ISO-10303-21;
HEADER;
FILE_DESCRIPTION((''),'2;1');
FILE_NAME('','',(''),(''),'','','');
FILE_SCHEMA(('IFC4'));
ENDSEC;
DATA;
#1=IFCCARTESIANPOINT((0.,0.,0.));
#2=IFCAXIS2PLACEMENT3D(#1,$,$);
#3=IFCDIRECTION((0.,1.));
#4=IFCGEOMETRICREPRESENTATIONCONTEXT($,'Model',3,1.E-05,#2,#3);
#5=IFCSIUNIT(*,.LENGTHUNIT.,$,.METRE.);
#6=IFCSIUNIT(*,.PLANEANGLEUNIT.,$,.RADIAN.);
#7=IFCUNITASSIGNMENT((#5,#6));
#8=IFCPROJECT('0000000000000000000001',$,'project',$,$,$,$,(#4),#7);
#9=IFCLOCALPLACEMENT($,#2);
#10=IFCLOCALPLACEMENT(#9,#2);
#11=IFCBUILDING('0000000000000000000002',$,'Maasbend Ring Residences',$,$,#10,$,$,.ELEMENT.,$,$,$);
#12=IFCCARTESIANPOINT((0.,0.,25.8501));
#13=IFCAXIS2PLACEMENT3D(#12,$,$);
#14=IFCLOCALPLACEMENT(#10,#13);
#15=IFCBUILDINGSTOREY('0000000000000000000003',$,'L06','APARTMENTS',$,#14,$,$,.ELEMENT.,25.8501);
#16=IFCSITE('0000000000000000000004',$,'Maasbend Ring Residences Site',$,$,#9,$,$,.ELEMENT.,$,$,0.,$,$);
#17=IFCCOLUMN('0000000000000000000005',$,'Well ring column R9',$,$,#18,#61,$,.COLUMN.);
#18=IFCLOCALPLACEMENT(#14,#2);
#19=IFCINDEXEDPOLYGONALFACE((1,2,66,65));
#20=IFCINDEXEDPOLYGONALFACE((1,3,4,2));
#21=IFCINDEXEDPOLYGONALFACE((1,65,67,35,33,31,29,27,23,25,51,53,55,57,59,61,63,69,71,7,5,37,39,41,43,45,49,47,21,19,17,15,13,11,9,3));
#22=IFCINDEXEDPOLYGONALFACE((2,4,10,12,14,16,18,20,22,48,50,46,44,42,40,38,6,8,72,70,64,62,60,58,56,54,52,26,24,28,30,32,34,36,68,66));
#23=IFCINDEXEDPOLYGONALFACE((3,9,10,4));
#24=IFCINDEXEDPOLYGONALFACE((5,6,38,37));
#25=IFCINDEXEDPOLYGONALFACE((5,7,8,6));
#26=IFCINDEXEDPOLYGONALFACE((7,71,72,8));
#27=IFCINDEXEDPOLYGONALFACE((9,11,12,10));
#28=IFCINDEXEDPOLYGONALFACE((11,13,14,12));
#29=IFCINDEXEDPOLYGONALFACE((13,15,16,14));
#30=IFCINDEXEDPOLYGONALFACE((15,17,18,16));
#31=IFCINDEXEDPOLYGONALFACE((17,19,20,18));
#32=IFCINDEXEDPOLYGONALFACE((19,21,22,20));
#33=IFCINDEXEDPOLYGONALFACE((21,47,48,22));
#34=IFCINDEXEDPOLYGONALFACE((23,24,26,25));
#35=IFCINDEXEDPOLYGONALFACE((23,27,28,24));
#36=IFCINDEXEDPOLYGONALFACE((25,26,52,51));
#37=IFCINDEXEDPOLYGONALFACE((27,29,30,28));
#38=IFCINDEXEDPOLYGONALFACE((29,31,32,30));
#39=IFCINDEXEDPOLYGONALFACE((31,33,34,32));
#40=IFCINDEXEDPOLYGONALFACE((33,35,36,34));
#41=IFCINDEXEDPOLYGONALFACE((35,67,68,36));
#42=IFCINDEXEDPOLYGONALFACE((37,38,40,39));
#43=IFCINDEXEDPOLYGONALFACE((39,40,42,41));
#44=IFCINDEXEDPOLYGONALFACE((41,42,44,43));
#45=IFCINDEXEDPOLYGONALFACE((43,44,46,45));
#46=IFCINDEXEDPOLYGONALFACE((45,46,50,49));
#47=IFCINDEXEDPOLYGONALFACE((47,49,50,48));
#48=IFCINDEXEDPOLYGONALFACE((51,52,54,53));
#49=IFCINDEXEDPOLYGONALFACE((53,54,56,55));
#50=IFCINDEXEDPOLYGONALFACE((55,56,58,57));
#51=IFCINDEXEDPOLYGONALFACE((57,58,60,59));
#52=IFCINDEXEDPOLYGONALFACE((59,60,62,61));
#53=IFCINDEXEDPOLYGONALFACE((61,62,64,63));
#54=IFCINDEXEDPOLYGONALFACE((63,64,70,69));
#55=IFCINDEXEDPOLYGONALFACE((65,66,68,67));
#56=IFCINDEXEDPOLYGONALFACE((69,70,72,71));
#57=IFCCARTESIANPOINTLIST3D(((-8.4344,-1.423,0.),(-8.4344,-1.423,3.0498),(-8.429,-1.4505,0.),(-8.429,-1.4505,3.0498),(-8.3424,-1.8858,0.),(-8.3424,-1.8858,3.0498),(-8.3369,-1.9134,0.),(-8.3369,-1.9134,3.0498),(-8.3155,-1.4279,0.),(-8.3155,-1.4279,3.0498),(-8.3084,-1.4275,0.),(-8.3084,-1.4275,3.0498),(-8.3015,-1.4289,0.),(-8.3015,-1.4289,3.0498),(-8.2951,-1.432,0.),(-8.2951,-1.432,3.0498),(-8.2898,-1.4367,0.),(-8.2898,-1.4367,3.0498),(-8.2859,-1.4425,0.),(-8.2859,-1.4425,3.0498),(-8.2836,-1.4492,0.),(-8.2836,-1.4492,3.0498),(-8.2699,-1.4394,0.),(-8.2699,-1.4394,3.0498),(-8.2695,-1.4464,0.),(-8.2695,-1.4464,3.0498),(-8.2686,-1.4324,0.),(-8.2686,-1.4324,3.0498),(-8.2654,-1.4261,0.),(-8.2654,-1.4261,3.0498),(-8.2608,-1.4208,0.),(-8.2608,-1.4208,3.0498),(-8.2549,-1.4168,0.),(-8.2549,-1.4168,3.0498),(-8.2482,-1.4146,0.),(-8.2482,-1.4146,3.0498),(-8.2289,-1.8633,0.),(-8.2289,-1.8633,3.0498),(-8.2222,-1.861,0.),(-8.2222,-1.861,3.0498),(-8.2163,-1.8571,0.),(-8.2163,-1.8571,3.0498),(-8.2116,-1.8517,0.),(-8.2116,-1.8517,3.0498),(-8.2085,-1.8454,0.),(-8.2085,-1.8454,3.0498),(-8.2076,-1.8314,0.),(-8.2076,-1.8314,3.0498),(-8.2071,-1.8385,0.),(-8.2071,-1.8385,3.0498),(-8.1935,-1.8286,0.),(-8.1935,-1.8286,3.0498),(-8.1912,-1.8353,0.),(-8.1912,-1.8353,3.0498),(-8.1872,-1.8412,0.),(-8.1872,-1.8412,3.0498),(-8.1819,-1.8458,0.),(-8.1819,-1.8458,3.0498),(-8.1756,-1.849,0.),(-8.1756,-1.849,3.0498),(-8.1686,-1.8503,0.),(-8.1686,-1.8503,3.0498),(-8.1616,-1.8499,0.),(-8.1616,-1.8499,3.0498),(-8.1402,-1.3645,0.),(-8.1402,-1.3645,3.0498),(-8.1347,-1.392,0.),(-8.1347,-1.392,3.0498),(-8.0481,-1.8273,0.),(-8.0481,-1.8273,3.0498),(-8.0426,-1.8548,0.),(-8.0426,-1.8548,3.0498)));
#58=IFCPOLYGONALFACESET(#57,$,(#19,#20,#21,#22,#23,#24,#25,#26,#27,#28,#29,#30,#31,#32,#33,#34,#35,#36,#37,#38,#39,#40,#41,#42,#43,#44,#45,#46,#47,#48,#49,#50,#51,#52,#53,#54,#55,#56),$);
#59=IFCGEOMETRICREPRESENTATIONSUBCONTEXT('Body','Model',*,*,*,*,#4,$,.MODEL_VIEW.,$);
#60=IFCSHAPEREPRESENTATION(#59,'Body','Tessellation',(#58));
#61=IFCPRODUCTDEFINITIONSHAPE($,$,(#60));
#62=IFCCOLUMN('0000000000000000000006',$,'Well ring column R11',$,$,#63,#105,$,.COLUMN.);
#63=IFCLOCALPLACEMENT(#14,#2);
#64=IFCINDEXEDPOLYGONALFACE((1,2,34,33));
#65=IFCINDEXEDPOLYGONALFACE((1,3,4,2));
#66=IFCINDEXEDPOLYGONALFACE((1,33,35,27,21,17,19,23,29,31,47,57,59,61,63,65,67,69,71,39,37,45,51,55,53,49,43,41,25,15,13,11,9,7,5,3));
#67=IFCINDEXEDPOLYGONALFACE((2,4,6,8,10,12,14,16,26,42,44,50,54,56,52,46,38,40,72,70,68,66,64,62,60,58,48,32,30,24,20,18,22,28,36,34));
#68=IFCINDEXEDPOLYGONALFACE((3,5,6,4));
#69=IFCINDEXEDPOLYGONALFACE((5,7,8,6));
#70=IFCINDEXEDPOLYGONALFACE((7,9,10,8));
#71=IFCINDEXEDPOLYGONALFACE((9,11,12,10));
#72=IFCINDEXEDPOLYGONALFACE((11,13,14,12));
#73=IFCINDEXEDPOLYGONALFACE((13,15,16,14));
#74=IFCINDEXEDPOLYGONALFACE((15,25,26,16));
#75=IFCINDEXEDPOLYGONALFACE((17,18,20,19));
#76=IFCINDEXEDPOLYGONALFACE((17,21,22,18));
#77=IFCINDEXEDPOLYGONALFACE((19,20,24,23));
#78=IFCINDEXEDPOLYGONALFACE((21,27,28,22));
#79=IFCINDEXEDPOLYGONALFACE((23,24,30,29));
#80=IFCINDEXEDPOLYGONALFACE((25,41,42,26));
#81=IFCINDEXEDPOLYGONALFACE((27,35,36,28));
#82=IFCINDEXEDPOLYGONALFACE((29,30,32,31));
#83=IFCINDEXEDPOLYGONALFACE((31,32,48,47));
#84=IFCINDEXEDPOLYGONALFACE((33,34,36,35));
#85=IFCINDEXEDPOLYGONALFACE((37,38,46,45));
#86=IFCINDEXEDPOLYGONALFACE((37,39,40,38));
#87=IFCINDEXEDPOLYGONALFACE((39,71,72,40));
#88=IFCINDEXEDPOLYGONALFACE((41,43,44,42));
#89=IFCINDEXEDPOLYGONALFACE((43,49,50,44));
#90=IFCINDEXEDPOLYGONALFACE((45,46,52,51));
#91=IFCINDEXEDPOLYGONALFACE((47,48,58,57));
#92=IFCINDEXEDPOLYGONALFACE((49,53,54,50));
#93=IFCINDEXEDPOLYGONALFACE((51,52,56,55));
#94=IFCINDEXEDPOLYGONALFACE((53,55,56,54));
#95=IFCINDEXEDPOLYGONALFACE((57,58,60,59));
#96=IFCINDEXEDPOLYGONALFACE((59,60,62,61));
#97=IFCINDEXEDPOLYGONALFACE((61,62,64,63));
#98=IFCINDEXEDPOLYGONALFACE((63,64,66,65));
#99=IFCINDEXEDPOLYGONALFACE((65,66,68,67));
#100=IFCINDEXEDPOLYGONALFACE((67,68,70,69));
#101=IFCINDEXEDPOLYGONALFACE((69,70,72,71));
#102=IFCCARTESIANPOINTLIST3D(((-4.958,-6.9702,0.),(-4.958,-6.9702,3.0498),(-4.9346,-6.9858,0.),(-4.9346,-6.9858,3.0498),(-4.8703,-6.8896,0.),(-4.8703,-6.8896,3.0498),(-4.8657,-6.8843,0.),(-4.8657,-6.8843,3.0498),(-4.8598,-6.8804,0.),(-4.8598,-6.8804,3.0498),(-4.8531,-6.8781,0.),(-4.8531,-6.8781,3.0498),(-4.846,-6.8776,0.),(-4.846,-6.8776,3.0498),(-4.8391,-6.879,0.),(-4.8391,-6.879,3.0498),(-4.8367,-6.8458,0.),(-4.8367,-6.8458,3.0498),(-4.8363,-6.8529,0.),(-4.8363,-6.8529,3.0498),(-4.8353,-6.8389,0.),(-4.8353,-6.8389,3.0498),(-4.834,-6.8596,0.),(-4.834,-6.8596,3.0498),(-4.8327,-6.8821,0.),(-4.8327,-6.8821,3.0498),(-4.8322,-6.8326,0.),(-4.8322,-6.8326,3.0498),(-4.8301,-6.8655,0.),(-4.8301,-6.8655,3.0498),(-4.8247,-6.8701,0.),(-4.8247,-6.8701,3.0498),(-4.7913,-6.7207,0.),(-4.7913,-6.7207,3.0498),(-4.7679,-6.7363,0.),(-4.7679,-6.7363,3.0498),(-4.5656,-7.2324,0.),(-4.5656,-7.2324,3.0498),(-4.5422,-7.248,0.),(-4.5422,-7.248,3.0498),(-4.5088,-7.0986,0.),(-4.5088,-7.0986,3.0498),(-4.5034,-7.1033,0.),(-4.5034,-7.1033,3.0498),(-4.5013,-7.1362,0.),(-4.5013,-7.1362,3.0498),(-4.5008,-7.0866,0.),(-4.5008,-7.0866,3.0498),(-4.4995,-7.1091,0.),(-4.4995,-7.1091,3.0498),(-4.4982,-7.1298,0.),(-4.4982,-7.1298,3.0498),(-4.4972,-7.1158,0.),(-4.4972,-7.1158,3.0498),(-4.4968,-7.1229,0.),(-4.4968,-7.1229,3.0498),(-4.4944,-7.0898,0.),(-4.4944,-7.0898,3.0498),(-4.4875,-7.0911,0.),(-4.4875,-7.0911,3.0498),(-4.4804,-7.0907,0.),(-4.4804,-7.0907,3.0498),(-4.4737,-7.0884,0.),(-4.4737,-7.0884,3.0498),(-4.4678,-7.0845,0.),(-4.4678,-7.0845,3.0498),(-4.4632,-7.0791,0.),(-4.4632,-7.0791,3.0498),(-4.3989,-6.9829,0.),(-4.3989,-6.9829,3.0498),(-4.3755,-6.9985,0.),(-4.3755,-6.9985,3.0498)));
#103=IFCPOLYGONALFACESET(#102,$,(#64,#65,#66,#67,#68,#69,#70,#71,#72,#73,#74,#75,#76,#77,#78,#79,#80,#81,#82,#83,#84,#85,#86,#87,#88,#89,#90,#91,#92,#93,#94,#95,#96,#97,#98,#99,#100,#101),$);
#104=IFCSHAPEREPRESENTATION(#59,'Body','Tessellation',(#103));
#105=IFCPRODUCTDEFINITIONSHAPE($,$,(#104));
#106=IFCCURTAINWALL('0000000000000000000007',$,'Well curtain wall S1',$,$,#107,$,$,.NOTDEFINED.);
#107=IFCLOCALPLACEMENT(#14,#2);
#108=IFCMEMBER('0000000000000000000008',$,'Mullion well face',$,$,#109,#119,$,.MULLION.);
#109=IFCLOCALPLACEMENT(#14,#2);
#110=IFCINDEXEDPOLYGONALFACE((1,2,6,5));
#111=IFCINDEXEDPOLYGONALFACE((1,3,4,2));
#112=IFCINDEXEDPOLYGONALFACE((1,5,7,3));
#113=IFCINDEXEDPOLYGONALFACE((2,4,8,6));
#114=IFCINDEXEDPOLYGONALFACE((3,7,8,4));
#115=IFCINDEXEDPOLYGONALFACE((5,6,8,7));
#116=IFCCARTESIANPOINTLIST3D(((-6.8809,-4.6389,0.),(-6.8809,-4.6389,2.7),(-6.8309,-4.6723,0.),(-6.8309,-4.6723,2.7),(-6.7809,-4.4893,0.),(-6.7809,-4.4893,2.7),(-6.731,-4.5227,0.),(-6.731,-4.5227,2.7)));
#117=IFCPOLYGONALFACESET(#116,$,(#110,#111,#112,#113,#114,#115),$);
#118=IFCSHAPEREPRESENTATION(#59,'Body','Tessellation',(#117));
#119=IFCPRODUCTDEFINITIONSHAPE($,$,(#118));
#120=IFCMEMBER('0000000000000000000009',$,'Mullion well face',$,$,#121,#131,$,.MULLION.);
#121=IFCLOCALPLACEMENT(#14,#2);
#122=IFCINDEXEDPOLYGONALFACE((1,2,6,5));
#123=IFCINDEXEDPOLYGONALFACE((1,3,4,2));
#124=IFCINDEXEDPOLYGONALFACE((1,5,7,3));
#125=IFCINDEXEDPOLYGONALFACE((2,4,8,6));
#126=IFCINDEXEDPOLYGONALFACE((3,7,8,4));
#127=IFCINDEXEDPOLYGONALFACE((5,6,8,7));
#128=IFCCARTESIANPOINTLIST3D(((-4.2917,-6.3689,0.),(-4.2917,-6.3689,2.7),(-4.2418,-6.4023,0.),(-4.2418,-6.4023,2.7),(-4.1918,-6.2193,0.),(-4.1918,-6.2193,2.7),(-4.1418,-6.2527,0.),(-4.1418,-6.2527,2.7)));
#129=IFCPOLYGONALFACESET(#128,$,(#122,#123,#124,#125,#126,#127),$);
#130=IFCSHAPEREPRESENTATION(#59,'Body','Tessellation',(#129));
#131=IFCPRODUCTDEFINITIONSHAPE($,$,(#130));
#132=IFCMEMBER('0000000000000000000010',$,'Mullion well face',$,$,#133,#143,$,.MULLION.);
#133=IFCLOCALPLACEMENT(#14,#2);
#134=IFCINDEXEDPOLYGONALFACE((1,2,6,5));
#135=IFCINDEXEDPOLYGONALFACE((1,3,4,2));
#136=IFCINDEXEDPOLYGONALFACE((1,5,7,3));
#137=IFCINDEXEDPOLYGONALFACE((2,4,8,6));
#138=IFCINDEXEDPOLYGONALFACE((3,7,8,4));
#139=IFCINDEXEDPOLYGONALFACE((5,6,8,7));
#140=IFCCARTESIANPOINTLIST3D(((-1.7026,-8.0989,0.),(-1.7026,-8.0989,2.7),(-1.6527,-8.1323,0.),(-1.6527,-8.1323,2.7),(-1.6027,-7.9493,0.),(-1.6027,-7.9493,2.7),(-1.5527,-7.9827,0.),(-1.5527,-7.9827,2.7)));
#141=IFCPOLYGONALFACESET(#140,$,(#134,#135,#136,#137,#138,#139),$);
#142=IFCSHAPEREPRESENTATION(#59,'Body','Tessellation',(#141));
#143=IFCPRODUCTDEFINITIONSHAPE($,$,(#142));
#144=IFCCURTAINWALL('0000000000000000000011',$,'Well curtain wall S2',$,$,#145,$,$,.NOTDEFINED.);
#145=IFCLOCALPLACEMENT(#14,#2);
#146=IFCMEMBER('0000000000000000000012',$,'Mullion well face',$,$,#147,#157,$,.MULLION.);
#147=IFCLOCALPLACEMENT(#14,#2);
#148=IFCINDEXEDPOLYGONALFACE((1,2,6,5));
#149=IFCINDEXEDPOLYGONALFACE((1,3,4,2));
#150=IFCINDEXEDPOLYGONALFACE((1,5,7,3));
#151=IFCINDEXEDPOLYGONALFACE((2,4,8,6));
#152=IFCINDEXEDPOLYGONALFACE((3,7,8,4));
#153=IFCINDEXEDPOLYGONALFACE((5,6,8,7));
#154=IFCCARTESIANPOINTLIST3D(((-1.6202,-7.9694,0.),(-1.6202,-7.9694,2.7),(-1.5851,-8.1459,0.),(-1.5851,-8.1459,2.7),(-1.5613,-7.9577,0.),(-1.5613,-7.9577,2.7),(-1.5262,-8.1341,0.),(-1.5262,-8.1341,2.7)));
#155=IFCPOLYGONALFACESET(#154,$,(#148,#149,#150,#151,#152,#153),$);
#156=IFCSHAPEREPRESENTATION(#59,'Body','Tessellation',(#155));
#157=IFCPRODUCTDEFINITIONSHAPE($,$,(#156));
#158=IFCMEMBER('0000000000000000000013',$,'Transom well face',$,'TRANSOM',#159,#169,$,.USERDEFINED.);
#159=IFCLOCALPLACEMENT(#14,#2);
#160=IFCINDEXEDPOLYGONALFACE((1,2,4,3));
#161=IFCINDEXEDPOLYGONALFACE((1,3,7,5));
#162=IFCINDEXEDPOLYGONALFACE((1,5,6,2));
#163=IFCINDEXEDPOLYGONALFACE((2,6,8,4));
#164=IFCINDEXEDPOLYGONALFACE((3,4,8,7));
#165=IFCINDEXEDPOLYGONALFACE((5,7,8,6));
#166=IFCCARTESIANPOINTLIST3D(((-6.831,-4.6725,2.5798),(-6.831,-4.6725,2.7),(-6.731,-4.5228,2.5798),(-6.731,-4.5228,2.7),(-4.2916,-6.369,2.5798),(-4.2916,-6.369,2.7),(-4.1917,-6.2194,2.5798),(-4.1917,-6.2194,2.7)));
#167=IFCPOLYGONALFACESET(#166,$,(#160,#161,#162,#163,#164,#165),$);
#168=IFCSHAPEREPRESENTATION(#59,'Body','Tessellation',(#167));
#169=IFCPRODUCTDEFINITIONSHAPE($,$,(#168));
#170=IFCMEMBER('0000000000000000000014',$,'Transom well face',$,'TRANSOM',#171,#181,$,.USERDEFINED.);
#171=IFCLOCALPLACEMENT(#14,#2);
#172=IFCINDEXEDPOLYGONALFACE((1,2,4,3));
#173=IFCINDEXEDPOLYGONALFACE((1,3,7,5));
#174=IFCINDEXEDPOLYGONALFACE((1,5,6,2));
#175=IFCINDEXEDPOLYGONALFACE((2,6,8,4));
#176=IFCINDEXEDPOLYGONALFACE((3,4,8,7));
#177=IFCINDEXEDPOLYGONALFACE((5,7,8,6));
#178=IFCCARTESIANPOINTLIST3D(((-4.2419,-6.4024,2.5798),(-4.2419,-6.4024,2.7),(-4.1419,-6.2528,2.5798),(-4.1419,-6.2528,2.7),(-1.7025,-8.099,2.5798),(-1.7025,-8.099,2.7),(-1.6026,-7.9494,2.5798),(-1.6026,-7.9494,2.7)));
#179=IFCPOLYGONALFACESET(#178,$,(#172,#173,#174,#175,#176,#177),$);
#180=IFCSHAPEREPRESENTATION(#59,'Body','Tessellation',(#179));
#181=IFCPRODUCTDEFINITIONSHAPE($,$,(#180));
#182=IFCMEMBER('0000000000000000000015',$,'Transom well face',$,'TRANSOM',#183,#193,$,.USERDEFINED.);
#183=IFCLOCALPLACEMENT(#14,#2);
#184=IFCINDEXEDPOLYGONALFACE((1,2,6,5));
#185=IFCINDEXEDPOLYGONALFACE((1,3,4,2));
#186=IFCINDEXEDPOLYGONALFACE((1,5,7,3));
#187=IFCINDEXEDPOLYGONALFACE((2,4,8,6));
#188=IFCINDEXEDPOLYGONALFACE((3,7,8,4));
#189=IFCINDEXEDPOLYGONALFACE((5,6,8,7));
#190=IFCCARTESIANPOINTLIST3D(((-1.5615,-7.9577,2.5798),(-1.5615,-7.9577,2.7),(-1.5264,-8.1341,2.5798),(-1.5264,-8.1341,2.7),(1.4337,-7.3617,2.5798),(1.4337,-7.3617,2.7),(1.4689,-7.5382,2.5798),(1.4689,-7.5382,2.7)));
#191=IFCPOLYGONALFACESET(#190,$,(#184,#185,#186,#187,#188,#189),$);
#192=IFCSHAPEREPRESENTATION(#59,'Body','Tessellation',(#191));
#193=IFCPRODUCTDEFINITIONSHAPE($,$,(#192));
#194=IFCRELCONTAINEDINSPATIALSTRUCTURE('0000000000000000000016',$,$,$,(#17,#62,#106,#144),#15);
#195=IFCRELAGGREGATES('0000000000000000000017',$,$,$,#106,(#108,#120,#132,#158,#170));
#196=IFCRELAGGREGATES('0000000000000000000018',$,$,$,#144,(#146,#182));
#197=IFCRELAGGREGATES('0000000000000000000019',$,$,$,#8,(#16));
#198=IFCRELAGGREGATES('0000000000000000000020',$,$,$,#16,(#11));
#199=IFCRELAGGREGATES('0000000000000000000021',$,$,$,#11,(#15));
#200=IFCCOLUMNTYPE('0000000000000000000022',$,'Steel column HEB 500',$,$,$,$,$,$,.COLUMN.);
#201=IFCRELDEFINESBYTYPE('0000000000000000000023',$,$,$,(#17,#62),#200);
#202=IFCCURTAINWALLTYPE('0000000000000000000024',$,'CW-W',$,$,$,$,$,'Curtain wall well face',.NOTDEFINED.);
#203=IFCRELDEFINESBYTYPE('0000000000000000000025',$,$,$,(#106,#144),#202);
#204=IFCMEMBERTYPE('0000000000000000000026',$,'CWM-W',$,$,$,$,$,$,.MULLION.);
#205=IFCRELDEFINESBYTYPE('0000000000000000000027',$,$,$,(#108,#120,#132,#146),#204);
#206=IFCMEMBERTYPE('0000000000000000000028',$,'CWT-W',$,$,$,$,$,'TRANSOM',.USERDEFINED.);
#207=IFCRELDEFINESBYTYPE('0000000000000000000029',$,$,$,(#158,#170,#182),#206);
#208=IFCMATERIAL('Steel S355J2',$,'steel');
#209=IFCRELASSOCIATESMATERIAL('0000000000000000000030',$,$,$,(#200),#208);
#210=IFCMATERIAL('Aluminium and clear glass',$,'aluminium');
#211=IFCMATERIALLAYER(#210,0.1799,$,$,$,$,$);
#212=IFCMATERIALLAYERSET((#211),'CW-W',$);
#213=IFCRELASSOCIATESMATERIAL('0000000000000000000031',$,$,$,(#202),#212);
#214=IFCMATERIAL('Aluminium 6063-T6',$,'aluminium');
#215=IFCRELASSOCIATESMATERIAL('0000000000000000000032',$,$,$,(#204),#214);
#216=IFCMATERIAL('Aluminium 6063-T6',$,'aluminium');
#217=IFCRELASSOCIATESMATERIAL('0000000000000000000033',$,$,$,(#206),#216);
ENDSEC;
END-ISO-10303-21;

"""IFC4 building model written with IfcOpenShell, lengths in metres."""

from ifc_helpers import new_model, si_unit, direction, frame, origin, origin_2d, place, context, subcontext, project, spatial, rectangle, i_section, extrude, material, layer, layer_set, material_profile, profile_set, type_object, element, aggregate, save


model = new_model("IFC4")

# Units and contexts
model_context = context("Model", 3, precision=1e-05, world=origin(), true_north=direction((0.0, 1.0)))
body_context = subcontext(model_context, "Body", "Model", "MODEL_VIEW")
ifc_project = project(units=[si_unit("LENGTHUNIT", "METRE"), si_unit("PLANEANGLEUNIT", "RADIAN")], contexts=[model_context])

# Site, building, storey
site_placement = place(None, origin())
site = spatial("IfcSite", under=ifc_project, at=site_placement, Name="Maasbend Ring Residences Site", CompositionType="ELEMENT", RefElevation=0.0)
building_placement = place(site_placement, origin())
building = spatial("IfcBuilding", under=site, at=building_placement, Name="Maasbend Ring Residences", CompositionType="ELEMENT")
storey_placement = place(building_placement, frame((0.0, 0.0, 25.8501)))
storey = spatial("IfcBuildingStorey", under=building, at=storey_placement, Name="L06", Description="APARTMENTS", CompositionType="ELEMENT", Elevation=25.8501)

# Columns
ifc_material_1 = material(Name="Steel S355J2", Category="steel")
ifc_material_profile_1 = material_profile(ifc_material_1, i_section(OverallWidth=0.3, OverallDepth=0.5, WebThickness=0.0144, FlangeThickness=0.0281, FilletRadius=0.0271, at=origin_2d()), Name="HEB 500")
ifc_profile_set_1 = profile_set([ifc_material_profile_1], Name="Steel S355J2")
column_type = type_object("IfcColumnType", Name="Steel column HEB 500", PredefinedType="COLUMN", material=ifc_profile_set_1)
for number, where, z_axis, x_axis, name in (
    (1, (-8.2385, -1.6389, 0.0), (0.0, 0.0, 1.0), (-0.980785, -0.19509, 0.0), "Well ring column R9"),
    (2, (-4.6667, -6.9844, 0.0), (0.0, 0.0, 1.0), (-0.55557, -0.83147, 0.0), "Well ring column R11"),
):
    element("IfcColumn", number, at=place(storey_placement, frame(where, z_axis=z_axis, x_axis=x_axis)), inside=storey, type_object=column_type, Name=name, PredefinedType="COLUMN", context=body_context, shape_type="SweptSolid", body=[
        extrude(i_section(OverallWidth=0.3, OverallDepth=0.5, WebThickness=0.0144, FlangeThickness=0.0281, FilletRadius=0.0271, at=origin_2d()), origin(), (0.0, 0.0, 1.0), 3.0498),
    ])

# Curtain wall, members
ifc_material_2 = material(Name="Aluminium and clear glass", Category="aluminium")
ifc_layer_1 = layer(ifc_material_2, 0.1799)
ifc_layer_set_1 = layer_set([ifc_layer_1], Name="CW-W")
curtain_wall_type = type_object("IfcCurtainWallType", Name="CW-W", ElementType="Curtain wall well face", PredefinedType="NOTDEFINED", material=ifc_layer_set_1)
curtain_wall_1_placement = place(storey_placement, origin())
curtain_wall_1 = element("IfcCurtainWall", 3, at=curtain_wall_1_placement, inside=storey, type_object=curtain_wall_type, Name="Well curtain wall S1", PredefinedType="NOTDEFINED")
ifc_material_3 = material(Name="Aluminium 6063-T6", Category="aluminium")
ifc_material_profile_2 = material_profile(ifc_material_3, rectangle(XDim=0.1799, YDim=0.0601, at=origin_2d()), Name="AL 180x60")
ifc_profile_set_2 = profile_set([ifc_material_profile_2], Name="Aluminium 6063-T6")
member_type_1 = type_object("IfcMemberType", Name="CWM-W", PredefinedType="MULLION", material=ifc_profile_set_2)
member_1_placement = place(storey_placement, frame((-6.8059, -4.5808, 0.0), z_axis=(0.0, 0.0, 1.0), x_axis=(0.55557, 0.83147, 0.0)))
member_1 = element("IfcMember", 4, at=member_1_placement, type_object=member_type_1, Name="Mullion well face", PredefinedType="MULLION", context=body_context, shape_type="SweptSolid", body=[
    extrude(rectangle(XDim=0.1799, YDim=0.0601, at=origin_2d()), origin(), (0.0, 0.0, 1.0), 2.7),
])
member_2_placement = place(storey_placement, frame((-4.2168, -6.3108, 0.0), z_axis=(0.0, 0.0, 1.0), x_axis=(0.55557, 0.83147, 0.0)))
member_2 = element("IfcMember", 5, at=member_2_placement, type_object=member_type_1, Name="Mullion well face", PredefinedType="MULLION", context=body_context, shape_type="SweptSolid", body=[
    extrude(rectangle(XDim=0.1799, YDim=0.0601, at=origin_2d()), origin(), (0.0, 0.0, 1.0), 2.7),
])
member_3_placement = place(storey_placement, frame((-1.6277, -8.0408, 0.0), z_axis=(0.0, 0.0, 1.0), x_axis=(0.55557, 0.83147, 0.0)))
member_3 = element("IfcMember", 6, at=member_3_placement, type_object=member_type_1, Name="Mullion well face", PredefinedType="MULLION", context=body_context, shape_type="SweptSolid", body=[
    extrude(rectangle(XDim=0.1799, YDim=0.0601, at=origin_2d()), origin(), (0.0, 0.0, 1.0), 2.7),
])

# Curtain wall, member
curtain_wall_2_placement = place(storey_placement, origin())
curtain_wall_2 = element("IfcCurtainWall", 7, at=curtain_wall_2_placement, inside=storey, type_object=curtain_wall_type, Name="Well curtain wall S2", PredefinedType="NOTDEFINED")
member_4_placement = place(storey_placement, frame((-1.5732, -8.0518, 0.0), z_axis=(0.0, 0.0, 1.0), x_axis=(-0.19509, 0.980785, 0.0)))
member_4 = element("IfcMember", 8, at=member_4_placement, type_object=member_type_1, Name="Mullion well face", PredefinedType="MULLION", context=body_context, shape_type="SweptSolid", body=[
    extrude(rectangle(XDim=0.1799, YDim=0.0601, at=origin_2d()), origin(), (0.0, 0.0, 1.0), 2.7),
])

# Members
ifc_material_4 = material(Name="Aluminium 6063-T6", Category="aluminium")
ifc_material_profile_3 = material_profile(ifc_material_4, rectangle(XDim=0.1799, YDim=0.1201, at=origin_2d()), Name="AL 180x120")
ifc_profile_set_3 = profile_set([ifc_material_profile_3], Name="Aluminium 6063-T6")
member_type_2 = type_object("IfcMemberType", Name="CWT-W", ElementType="TRANSOM", PredefinedType="USERDEFINED", material=ifc_profile_set_3)
member_5_placement = place(storey_placement, frame((-6.781, -4.5977, 2.6399), z_axis=(0.831496, -0.55553, 0.0), x_axis=(0.55553, 0.831496, 0.0)))
member_5 = element("IfcMember", 9, at=member_5_placement, type_object=member_type_2, Name="Transom well face", ObjectType="TRANSOM", PredefinedType="USERDEFINED", context=body_context, shape_type="SweptSolid", body=[
    extrude(rectangle(XDim=0.1799, YDim=0.1201, at=origin_2d()), origin(), (0.0, 0.0, 1.0), 3.054),
])
member_6_placement = place(storey_placement, frame((-4.1919, -6.3276, 2.6399), z_axis=(0.831496, -0.55553, 0.0), x_axis=(0.55553, 0.831496, 0.0)))
member_6 = element("IfcMember", 10, at=member_6_placement, type_object=member_type_2, Name="Transom well face", ObjectType="TRANSOM", PredefinedType="USERDEFINED", context=body_context, shape_type="SweptSolid", body=[
    extrude(rectangle(XDim=0.1799, YDim=0.1201, at=origin_2d()), origin(), (0.0, 0.0, 1.0), 3.054),
])
member_7_placement = place(storey_placement, frame((-1.5439, -8.0459, 2.6399), z_axis=(0.980777, 0.195132, 0.0), x_axis=(-0.195132, 0.980777, 0.0)))
member_7 = element("IfcMember", 11, at=member_7_placement, type_object=member_type_2, Name="Transom well face", ObjectType="TRANSOM", PredefinedType="USERDEFINED", context=body_context, shape_type="SweptSolid", body=[
    extrude(rectangle(XDim=0.1799, YDim=0.1201, at=origin_2d()), origin(), (0.0, 0.0, 1.0), 3.054),
])

aggregate(curtain_wall_1, [member_1, member_2, member_3, member_5, member_6])
aggregate(curtain_wall_2, [member_4, member_7])

save(model, "model.ifc")
